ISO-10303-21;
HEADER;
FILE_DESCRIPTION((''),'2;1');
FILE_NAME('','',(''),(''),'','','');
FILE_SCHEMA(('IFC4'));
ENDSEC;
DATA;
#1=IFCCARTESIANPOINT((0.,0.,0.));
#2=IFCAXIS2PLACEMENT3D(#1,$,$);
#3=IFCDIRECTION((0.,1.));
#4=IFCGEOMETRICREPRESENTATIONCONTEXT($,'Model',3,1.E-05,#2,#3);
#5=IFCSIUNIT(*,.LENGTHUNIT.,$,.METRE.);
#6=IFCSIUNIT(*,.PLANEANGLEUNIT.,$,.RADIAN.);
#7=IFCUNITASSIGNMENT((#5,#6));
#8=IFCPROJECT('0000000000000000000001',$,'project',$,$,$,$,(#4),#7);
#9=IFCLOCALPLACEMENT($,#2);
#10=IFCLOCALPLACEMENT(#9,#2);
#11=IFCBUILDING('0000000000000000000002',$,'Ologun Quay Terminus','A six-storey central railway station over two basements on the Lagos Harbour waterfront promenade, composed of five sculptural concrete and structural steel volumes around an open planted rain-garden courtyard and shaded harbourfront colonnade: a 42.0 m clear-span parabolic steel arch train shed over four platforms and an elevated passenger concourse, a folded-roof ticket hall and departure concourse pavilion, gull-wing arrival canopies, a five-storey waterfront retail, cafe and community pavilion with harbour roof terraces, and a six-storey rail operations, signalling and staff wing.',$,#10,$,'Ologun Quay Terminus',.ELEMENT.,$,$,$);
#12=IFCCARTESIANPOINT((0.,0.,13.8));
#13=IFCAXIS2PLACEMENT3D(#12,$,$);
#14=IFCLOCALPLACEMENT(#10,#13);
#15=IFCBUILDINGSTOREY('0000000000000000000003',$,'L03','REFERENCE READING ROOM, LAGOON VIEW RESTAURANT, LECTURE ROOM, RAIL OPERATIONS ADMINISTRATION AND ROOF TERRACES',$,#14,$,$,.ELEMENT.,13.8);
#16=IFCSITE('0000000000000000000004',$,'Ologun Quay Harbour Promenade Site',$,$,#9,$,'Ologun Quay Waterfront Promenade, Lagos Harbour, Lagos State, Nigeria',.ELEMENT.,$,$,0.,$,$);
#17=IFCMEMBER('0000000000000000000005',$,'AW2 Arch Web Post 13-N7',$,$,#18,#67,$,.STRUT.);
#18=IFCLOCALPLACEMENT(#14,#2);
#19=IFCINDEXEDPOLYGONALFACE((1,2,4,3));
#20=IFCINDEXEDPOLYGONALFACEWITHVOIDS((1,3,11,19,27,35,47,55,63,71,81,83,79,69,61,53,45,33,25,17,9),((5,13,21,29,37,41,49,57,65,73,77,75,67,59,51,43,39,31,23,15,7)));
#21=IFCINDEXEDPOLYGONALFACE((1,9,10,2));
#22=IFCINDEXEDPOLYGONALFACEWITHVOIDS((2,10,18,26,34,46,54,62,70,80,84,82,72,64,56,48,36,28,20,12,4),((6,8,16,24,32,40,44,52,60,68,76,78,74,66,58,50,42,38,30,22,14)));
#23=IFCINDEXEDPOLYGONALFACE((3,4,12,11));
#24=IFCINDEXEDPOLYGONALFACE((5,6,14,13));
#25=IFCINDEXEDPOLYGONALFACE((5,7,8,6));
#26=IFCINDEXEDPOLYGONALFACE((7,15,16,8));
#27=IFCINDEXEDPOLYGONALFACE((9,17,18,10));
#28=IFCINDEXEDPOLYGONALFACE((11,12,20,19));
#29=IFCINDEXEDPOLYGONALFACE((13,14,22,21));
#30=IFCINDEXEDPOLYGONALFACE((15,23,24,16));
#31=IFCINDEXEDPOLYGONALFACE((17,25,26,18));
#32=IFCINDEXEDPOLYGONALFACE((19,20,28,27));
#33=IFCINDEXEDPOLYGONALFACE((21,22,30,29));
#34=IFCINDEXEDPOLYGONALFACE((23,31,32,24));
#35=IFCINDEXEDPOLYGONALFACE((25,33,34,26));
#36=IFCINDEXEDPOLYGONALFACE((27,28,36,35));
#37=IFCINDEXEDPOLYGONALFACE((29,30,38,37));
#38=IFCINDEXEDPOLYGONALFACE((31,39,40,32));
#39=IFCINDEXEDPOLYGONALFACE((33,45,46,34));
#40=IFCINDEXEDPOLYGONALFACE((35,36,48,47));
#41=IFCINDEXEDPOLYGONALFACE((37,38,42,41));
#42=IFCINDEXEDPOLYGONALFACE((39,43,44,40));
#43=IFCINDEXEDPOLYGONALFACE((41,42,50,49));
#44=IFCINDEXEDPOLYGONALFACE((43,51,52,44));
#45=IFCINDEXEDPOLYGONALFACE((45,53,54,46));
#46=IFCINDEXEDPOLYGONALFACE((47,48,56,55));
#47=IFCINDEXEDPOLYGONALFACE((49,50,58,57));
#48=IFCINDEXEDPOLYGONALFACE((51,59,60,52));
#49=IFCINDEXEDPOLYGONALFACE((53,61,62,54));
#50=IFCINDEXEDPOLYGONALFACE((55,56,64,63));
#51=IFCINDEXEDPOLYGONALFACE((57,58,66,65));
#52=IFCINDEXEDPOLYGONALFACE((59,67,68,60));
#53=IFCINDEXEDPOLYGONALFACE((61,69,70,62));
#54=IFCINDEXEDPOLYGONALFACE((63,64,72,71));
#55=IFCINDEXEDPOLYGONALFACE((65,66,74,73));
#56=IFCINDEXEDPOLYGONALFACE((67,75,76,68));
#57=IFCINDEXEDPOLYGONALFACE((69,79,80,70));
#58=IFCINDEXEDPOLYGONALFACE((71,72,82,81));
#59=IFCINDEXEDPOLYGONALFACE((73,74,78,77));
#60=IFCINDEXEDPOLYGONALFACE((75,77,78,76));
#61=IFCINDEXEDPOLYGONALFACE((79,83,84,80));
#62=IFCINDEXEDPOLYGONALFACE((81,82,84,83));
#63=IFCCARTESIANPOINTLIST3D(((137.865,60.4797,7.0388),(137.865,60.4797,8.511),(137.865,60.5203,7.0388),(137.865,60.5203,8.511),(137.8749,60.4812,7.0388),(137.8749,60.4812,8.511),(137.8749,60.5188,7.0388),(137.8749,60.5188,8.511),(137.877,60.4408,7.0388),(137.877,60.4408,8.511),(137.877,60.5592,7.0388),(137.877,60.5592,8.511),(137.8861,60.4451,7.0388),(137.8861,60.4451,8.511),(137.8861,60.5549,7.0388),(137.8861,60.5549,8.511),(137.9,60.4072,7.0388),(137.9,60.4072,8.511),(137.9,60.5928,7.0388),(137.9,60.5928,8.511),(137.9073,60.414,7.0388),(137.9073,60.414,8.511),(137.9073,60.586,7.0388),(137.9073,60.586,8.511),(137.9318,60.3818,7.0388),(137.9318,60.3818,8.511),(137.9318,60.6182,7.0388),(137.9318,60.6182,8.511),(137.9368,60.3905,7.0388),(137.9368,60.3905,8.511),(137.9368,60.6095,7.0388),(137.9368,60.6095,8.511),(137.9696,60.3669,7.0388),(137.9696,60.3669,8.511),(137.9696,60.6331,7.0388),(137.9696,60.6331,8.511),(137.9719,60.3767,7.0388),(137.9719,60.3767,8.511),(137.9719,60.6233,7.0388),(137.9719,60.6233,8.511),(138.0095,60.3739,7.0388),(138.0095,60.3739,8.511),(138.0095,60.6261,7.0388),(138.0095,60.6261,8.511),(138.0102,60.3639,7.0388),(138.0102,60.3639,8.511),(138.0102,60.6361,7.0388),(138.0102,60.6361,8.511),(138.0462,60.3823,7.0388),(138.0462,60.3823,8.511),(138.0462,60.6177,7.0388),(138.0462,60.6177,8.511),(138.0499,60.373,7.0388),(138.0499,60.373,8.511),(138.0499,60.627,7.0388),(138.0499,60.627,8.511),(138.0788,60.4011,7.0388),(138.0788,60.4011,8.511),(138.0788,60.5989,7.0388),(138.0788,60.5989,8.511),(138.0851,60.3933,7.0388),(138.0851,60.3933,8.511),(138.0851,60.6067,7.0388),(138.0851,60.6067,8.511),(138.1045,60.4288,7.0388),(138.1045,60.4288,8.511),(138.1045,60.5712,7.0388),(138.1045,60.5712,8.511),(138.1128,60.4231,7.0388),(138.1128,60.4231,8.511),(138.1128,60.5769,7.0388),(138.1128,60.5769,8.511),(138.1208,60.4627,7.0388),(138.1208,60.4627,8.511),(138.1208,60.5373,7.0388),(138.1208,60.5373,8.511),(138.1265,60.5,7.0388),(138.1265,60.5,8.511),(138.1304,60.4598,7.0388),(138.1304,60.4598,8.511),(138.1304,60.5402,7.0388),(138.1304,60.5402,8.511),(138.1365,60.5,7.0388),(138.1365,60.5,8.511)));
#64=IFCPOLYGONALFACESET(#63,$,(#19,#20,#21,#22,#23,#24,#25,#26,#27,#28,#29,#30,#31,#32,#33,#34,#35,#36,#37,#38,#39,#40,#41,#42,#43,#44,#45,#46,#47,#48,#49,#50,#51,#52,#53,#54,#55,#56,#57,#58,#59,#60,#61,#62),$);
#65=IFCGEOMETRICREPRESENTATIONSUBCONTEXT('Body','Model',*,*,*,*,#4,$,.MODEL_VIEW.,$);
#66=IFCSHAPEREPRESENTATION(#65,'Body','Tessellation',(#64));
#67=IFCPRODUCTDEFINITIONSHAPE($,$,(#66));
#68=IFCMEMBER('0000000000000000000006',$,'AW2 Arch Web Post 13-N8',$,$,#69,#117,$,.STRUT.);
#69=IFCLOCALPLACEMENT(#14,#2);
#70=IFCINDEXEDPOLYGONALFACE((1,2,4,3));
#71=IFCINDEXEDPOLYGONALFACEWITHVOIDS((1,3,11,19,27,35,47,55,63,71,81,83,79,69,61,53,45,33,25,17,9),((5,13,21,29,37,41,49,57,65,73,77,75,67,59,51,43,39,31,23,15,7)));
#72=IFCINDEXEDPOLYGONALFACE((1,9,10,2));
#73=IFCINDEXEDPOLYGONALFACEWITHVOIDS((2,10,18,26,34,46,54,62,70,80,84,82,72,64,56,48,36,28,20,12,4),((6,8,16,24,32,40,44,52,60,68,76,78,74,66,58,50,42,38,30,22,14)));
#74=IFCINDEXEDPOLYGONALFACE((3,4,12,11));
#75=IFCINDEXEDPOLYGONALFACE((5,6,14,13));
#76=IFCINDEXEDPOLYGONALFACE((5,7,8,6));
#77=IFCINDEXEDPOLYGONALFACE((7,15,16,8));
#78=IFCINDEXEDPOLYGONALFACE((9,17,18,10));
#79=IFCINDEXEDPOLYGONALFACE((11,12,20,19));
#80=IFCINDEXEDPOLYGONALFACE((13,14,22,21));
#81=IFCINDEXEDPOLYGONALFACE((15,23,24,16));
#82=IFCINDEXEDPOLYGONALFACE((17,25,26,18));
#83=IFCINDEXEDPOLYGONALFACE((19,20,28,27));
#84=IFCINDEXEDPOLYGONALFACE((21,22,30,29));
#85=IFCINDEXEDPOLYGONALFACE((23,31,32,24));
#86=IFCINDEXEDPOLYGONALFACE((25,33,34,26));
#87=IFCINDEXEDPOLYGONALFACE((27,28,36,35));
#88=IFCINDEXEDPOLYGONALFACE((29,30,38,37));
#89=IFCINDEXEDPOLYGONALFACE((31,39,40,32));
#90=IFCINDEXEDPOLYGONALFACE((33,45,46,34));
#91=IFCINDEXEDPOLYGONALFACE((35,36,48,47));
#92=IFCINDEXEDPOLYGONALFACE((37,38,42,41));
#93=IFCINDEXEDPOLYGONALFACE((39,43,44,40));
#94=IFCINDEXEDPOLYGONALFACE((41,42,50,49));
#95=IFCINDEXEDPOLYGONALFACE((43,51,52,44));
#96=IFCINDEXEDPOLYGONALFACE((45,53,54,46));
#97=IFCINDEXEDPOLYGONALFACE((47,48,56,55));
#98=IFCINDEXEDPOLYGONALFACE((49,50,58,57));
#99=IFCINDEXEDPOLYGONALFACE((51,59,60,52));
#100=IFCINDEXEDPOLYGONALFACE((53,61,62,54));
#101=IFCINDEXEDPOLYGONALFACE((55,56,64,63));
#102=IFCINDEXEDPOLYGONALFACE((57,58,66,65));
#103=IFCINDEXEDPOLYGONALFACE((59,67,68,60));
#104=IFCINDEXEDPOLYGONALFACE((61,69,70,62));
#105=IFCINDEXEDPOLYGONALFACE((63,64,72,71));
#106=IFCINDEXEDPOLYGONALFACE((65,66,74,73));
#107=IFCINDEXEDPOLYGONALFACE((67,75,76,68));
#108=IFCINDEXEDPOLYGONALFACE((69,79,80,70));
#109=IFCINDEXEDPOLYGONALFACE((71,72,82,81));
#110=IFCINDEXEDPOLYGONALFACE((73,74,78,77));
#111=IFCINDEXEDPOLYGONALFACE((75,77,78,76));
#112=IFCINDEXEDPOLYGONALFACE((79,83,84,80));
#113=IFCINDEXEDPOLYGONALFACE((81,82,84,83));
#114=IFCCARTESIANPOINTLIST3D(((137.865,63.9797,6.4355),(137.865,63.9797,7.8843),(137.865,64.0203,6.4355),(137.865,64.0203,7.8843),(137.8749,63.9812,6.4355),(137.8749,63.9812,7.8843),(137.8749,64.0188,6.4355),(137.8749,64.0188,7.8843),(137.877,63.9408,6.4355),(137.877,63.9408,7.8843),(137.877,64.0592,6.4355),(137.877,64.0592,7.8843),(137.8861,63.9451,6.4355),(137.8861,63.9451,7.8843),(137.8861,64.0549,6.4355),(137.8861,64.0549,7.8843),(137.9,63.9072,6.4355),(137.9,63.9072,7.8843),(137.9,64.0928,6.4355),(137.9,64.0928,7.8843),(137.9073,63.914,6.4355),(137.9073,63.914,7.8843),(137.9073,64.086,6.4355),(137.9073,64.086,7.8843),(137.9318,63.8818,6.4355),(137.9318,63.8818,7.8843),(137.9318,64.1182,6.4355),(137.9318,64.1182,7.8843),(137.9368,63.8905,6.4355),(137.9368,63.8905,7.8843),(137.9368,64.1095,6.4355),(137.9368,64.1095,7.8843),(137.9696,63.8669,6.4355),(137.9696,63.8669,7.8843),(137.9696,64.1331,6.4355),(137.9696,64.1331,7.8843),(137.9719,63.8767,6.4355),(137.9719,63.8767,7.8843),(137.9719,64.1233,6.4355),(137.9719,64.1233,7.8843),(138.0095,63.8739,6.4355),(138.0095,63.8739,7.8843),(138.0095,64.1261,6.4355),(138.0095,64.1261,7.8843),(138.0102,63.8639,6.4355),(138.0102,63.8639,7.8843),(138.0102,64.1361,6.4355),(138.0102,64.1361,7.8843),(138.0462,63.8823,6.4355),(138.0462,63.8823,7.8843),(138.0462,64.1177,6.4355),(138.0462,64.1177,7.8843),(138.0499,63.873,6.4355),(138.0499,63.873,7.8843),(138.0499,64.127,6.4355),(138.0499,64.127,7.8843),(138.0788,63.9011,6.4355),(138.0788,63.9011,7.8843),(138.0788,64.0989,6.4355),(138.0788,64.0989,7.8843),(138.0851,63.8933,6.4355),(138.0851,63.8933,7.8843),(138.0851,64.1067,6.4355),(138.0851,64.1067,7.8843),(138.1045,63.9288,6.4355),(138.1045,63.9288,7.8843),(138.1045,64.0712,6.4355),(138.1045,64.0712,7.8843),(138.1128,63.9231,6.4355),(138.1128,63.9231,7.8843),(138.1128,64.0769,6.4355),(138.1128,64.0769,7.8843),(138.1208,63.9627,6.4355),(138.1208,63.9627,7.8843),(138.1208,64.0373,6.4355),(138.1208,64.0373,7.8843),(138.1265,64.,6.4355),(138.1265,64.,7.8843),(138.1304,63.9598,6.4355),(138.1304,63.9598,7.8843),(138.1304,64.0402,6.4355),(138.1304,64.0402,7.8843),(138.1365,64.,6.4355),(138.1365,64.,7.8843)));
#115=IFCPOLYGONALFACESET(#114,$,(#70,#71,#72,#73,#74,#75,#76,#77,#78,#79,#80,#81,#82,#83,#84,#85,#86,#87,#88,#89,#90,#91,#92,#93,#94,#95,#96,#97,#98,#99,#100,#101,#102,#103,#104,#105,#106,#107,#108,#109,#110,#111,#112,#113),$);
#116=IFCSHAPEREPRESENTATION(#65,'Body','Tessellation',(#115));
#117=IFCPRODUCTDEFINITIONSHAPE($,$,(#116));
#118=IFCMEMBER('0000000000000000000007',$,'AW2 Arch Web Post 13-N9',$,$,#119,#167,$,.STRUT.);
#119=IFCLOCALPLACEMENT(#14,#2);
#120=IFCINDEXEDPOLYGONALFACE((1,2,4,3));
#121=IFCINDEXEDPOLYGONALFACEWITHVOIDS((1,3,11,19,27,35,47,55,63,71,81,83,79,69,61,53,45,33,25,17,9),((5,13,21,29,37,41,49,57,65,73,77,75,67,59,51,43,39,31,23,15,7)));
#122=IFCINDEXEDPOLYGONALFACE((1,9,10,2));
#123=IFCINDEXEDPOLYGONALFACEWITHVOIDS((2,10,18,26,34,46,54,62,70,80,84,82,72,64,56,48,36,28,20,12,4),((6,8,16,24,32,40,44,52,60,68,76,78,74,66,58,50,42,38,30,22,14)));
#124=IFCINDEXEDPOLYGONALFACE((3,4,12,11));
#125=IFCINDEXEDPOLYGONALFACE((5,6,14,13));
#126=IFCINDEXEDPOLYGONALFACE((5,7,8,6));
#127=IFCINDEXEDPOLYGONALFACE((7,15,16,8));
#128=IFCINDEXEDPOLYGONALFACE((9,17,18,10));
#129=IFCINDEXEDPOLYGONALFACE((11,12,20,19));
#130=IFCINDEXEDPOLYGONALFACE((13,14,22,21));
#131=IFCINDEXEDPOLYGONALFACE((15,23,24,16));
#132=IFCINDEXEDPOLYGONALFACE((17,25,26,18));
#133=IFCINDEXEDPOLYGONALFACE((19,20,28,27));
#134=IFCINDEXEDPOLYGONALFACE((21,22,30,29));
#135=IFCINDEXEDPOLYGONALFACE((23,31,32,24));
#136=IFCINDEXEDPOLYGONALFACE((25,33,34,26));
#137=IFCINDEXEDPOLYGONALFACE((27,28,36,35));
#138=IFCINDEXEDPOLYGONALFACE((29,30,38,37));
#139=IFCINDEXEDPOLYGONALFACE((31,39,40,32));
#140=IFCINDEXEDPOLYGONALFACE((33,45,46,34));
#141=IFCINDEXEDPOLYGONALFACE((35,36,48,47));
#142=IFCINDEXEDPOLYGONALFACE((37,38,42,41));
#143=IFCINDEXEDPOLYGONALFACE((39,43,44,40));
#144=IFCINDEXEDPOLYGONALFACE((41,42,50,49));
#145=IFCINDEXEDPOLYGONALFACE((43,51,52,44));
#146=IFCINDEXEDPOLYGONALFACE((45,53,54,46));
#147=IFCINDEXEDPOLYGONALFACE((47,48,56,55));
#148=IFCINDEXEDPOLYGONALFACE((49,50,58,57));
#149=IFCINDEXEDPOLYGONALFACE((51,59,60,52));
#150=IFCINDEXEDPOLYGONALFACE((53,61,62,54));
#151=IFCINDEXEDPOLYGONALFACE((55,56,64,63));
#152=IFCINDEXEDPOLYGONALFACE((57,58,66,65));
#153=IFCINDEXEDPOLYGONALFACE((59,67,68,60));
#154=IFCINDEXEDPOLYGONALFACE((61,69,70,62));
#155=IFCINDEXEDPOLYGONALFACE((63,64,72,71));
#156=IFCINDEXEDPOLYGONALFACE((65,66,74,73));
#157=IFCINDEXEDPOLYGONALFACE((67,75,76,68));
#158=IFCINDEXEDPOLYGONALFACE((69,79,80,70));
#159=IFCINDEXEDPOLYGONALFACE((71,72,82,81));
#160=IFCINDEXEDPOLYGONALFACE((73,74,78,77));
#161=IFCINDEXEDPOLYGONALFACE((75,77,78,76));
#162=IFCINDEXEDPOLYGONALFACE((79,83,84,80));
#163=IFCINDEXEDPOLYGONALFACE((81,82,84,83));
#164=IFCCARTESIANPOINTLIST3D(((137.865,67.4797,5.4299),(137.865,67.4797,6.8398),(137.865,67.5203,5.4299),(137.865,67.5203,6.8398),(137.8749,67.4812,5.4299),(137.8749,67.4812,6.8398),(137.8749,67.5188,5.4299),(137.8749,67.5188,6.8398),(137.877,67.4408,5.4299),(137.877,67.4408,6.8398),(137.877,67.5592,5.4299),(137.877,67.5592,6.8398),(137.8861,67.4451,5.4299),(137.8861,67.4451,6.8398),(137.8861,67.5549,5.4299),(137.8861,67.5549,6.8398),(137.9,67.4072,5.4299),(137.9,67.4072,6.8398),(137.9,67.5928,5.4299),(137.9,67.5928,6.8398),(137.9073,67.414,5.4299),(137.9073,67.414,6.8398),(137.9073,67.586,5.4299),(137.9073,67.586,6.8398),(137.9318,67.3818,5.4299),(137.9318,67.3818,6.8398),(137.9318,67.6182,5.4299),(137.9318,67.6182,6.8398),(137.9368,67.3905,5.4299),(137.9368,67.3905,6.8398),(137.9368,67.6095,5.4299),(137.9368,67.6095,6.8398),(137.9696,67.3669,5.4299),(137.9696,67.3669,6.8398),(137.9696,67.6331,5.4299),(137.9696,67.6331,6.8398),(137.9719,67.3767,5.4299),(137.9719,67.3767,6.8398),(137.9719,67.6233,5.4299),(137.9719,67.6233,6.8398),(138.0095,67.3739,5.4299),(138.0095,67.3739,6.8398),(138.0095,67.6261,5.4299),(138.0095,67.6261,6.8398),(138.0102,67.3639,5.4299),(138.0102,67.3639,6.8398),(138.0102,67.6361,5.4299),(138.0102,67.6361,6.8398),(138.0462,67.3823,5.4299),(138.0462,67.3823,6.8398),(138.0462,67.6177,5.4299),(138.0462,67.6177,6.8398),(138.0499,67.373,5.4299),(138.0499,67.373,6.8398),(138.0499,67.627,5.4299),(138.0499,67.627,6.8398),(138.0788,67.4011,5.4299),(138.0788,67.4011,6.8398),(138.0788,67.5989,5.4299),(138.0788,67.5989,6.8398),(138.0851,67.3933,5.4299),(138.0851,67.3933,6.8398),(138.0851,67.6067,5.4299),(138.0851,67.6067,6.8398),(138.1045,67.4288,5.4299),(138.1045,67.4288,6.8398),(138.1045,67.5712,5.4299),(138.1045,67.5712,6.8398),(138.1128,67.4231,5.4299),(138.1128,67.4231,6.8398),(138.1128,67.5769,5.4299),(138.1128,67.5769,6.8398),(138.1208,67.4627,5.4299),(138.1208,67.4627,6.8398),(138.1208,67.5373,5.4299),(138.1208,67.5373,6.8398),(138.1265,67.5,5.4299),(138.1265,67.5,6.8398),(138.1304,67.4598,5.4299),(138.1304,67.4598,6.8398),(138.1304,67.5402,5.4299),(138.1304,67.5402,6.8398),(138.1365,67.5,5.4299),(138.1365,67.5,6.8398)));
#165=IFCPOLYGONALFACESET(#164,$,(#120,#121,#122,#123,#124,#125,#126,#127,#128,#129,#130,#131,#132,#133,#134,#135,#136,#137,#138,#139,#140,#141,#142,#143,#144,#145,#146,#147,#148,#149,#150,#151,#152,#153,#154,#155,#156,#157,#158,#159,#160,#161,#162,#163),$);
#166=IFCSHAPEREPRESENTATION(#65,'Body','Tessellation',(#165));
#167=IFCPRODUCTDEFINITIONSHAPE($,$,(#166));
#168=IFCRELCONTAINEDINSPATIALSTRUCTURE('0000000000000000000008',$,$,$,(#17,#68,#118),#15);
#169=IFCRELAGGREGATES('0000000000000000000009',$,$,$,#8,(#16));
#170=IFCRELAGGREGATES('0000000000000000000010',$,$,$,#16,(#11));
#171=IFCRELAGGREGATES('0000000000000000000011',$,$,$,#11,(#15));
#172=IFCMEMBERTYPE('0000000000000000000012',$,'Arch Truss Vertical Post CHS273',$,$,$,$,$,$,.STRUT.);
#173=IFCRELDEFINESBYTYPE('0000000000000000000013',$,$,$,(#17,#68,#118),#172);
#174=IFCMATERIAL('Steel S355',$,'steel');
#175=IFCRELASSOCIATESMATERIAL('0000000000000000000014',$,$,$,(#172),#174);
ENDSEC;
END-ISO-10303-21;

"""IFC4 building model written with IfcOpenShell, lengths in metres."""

from ifc_helpers import new_model, si_unit, direction, frame, origin, origin_2d, place, context, subcontext, project, spatial, hollow_circle, extrude, material, material_profile, profile_set, type_object, element, save


model = new_model("IFC4")

# Units and contexts
model_context = context("Model", 3, precision=1e-05, world=origin(), true_north=direction((0.0, 1.0)))
body_context = subcontext(model_context, "Body", "Model", "MODEL_VIEW")
ifc_project = project(units=[si_unit("LENGTHUNIT", "METRE"), si_unit("PLANEANGLEUNIT", "RADIAN")], contexts=[model_context])

# Site, building, storey
site_placement = place(None, origin())
site = spatial("IfcSite", under=ifc_project, at=site_placement, Name="Ologun Quay Harbour Promenade Site", LongName="Ologun Quay Waterfront Promenade, Lagos Harbour, Lagos State, Nigeria", CompositionType="ELEMENT", RefElevation=0.0)
building_placement = place(site_placement, origin())
building = spatial("IfcBuilding", under=site, at=building_placement, Name="Ologun Quay Terminus", Description="A six-storey central railway station over two basements on the Lagos Harbour waterfront promenade, composed of five sculptural concrete and structural steel volumes around an open planted rain-garden courtyard and shaded harbourfront colonnade: a 42.0 m clear-span parabolic steel arch train shed over four platforms and an elevated passenger concourse, a folded-roof ticket hall and departure concourse pavilion, gull-wing arrival canopies, a five-storey waterfront retail, cafe and community pavilion with harbour roof terraces, and a six-storey rail operations, signalling and staff wing.", LongName="Ologun Quay Terminus", CompositionType="ELEMENT")
storey_placement = place(building_placement, frame((0.0, 0.0, 13.8)))
storey = spatial("IfcBuildingStorey", under=building, at=storey_placement, Name="L03", Description="REFERENCE READING ROOM, LAGOON VIEW RESTAURANT, LECTURE ROOM, RAIL OPERATIONS ADMINISTRATION AND ROOF TERRACES", CompositionType="ELEMENT", Elevation=13.8)

# Members
ifc_material_1 = material(Name="Steel S355", Category="steel")
ifc_material_profile_1 = material_profile(ifc_material_1, hollow_circle(Radius=0.1365, WallThickness=0.01, at=origin_2d()), Name="CHS 273x10")
ifc_profile_set_1 = profile_set([ifc_material_profile_1], Name="Steel S355")
member_type_1 = type_object("IfcMemberType", Name="Arch Truss Vertical Post CHS273", PredefinedType="STRUT", material=ifc_profile_set_1)
member_1_placement = place(storey_placement, frame((138.0, 60.5, 7.0388), z_axis=(0.0, 0.0, 1.0), x_axis=(1.0, 0.0, 0.0)))
element("IfcMember", 1, at=member_1_placement, inside=storey, type_object=member_type_1, Name="AW2 Arch Web Post 13-N7", PredefinedType="STRUT", context=body_context, shape_type="SweptSolid", body=[
    extrude(hollow_circle(Radius=0.1365, WallThickness=0.01, at=origin_2d()), origin(), (0.0, 0.0, 1.0), 1.4722),
])
member_2_placement = place(storey_placement, frame((138.0, 64.0, 6.4355), z_axis=(0.0, 0.0, 1.0), x_axis=(1.0, 0.0, 0.0)))
element("IfcMember", 2, at=member_2_placement, inside=storey, type_object=member_type_1, Name="AW2 Arch Web Post 13-N8", PredefinedType="STRUT", context=body_context, shape_type="SweptSolid", body=[
    extrude(hollow_circle(Radius=0.1365, WallThickness=0.01, at=origin_2d()), origin(), (0.0, 0.0, 1.0), 1.4487),
])
member_3_placement = place(storey_placement, frame((138.0, 67.5, 5.4299), z_axis=(0.0, 0.0, 1.0), x_axis=(1.0, 0.0, 0.0)))
element("IfcMember", 3, at=member_3_placement, inside=storey, type_object=member_type_1, Name="AW2 Arch Web Post 13-N9", PredefinedType="STRUT", context=body_context, shape_type="SweptSolid", body=[
    extrude(hollow_circle(Radius=0.1365, WallThickness=0.01, at=origin_2d()), origin(), (0.0, 0.0, 1.0), 1.4099),
])

save(model, "model.ifc")
